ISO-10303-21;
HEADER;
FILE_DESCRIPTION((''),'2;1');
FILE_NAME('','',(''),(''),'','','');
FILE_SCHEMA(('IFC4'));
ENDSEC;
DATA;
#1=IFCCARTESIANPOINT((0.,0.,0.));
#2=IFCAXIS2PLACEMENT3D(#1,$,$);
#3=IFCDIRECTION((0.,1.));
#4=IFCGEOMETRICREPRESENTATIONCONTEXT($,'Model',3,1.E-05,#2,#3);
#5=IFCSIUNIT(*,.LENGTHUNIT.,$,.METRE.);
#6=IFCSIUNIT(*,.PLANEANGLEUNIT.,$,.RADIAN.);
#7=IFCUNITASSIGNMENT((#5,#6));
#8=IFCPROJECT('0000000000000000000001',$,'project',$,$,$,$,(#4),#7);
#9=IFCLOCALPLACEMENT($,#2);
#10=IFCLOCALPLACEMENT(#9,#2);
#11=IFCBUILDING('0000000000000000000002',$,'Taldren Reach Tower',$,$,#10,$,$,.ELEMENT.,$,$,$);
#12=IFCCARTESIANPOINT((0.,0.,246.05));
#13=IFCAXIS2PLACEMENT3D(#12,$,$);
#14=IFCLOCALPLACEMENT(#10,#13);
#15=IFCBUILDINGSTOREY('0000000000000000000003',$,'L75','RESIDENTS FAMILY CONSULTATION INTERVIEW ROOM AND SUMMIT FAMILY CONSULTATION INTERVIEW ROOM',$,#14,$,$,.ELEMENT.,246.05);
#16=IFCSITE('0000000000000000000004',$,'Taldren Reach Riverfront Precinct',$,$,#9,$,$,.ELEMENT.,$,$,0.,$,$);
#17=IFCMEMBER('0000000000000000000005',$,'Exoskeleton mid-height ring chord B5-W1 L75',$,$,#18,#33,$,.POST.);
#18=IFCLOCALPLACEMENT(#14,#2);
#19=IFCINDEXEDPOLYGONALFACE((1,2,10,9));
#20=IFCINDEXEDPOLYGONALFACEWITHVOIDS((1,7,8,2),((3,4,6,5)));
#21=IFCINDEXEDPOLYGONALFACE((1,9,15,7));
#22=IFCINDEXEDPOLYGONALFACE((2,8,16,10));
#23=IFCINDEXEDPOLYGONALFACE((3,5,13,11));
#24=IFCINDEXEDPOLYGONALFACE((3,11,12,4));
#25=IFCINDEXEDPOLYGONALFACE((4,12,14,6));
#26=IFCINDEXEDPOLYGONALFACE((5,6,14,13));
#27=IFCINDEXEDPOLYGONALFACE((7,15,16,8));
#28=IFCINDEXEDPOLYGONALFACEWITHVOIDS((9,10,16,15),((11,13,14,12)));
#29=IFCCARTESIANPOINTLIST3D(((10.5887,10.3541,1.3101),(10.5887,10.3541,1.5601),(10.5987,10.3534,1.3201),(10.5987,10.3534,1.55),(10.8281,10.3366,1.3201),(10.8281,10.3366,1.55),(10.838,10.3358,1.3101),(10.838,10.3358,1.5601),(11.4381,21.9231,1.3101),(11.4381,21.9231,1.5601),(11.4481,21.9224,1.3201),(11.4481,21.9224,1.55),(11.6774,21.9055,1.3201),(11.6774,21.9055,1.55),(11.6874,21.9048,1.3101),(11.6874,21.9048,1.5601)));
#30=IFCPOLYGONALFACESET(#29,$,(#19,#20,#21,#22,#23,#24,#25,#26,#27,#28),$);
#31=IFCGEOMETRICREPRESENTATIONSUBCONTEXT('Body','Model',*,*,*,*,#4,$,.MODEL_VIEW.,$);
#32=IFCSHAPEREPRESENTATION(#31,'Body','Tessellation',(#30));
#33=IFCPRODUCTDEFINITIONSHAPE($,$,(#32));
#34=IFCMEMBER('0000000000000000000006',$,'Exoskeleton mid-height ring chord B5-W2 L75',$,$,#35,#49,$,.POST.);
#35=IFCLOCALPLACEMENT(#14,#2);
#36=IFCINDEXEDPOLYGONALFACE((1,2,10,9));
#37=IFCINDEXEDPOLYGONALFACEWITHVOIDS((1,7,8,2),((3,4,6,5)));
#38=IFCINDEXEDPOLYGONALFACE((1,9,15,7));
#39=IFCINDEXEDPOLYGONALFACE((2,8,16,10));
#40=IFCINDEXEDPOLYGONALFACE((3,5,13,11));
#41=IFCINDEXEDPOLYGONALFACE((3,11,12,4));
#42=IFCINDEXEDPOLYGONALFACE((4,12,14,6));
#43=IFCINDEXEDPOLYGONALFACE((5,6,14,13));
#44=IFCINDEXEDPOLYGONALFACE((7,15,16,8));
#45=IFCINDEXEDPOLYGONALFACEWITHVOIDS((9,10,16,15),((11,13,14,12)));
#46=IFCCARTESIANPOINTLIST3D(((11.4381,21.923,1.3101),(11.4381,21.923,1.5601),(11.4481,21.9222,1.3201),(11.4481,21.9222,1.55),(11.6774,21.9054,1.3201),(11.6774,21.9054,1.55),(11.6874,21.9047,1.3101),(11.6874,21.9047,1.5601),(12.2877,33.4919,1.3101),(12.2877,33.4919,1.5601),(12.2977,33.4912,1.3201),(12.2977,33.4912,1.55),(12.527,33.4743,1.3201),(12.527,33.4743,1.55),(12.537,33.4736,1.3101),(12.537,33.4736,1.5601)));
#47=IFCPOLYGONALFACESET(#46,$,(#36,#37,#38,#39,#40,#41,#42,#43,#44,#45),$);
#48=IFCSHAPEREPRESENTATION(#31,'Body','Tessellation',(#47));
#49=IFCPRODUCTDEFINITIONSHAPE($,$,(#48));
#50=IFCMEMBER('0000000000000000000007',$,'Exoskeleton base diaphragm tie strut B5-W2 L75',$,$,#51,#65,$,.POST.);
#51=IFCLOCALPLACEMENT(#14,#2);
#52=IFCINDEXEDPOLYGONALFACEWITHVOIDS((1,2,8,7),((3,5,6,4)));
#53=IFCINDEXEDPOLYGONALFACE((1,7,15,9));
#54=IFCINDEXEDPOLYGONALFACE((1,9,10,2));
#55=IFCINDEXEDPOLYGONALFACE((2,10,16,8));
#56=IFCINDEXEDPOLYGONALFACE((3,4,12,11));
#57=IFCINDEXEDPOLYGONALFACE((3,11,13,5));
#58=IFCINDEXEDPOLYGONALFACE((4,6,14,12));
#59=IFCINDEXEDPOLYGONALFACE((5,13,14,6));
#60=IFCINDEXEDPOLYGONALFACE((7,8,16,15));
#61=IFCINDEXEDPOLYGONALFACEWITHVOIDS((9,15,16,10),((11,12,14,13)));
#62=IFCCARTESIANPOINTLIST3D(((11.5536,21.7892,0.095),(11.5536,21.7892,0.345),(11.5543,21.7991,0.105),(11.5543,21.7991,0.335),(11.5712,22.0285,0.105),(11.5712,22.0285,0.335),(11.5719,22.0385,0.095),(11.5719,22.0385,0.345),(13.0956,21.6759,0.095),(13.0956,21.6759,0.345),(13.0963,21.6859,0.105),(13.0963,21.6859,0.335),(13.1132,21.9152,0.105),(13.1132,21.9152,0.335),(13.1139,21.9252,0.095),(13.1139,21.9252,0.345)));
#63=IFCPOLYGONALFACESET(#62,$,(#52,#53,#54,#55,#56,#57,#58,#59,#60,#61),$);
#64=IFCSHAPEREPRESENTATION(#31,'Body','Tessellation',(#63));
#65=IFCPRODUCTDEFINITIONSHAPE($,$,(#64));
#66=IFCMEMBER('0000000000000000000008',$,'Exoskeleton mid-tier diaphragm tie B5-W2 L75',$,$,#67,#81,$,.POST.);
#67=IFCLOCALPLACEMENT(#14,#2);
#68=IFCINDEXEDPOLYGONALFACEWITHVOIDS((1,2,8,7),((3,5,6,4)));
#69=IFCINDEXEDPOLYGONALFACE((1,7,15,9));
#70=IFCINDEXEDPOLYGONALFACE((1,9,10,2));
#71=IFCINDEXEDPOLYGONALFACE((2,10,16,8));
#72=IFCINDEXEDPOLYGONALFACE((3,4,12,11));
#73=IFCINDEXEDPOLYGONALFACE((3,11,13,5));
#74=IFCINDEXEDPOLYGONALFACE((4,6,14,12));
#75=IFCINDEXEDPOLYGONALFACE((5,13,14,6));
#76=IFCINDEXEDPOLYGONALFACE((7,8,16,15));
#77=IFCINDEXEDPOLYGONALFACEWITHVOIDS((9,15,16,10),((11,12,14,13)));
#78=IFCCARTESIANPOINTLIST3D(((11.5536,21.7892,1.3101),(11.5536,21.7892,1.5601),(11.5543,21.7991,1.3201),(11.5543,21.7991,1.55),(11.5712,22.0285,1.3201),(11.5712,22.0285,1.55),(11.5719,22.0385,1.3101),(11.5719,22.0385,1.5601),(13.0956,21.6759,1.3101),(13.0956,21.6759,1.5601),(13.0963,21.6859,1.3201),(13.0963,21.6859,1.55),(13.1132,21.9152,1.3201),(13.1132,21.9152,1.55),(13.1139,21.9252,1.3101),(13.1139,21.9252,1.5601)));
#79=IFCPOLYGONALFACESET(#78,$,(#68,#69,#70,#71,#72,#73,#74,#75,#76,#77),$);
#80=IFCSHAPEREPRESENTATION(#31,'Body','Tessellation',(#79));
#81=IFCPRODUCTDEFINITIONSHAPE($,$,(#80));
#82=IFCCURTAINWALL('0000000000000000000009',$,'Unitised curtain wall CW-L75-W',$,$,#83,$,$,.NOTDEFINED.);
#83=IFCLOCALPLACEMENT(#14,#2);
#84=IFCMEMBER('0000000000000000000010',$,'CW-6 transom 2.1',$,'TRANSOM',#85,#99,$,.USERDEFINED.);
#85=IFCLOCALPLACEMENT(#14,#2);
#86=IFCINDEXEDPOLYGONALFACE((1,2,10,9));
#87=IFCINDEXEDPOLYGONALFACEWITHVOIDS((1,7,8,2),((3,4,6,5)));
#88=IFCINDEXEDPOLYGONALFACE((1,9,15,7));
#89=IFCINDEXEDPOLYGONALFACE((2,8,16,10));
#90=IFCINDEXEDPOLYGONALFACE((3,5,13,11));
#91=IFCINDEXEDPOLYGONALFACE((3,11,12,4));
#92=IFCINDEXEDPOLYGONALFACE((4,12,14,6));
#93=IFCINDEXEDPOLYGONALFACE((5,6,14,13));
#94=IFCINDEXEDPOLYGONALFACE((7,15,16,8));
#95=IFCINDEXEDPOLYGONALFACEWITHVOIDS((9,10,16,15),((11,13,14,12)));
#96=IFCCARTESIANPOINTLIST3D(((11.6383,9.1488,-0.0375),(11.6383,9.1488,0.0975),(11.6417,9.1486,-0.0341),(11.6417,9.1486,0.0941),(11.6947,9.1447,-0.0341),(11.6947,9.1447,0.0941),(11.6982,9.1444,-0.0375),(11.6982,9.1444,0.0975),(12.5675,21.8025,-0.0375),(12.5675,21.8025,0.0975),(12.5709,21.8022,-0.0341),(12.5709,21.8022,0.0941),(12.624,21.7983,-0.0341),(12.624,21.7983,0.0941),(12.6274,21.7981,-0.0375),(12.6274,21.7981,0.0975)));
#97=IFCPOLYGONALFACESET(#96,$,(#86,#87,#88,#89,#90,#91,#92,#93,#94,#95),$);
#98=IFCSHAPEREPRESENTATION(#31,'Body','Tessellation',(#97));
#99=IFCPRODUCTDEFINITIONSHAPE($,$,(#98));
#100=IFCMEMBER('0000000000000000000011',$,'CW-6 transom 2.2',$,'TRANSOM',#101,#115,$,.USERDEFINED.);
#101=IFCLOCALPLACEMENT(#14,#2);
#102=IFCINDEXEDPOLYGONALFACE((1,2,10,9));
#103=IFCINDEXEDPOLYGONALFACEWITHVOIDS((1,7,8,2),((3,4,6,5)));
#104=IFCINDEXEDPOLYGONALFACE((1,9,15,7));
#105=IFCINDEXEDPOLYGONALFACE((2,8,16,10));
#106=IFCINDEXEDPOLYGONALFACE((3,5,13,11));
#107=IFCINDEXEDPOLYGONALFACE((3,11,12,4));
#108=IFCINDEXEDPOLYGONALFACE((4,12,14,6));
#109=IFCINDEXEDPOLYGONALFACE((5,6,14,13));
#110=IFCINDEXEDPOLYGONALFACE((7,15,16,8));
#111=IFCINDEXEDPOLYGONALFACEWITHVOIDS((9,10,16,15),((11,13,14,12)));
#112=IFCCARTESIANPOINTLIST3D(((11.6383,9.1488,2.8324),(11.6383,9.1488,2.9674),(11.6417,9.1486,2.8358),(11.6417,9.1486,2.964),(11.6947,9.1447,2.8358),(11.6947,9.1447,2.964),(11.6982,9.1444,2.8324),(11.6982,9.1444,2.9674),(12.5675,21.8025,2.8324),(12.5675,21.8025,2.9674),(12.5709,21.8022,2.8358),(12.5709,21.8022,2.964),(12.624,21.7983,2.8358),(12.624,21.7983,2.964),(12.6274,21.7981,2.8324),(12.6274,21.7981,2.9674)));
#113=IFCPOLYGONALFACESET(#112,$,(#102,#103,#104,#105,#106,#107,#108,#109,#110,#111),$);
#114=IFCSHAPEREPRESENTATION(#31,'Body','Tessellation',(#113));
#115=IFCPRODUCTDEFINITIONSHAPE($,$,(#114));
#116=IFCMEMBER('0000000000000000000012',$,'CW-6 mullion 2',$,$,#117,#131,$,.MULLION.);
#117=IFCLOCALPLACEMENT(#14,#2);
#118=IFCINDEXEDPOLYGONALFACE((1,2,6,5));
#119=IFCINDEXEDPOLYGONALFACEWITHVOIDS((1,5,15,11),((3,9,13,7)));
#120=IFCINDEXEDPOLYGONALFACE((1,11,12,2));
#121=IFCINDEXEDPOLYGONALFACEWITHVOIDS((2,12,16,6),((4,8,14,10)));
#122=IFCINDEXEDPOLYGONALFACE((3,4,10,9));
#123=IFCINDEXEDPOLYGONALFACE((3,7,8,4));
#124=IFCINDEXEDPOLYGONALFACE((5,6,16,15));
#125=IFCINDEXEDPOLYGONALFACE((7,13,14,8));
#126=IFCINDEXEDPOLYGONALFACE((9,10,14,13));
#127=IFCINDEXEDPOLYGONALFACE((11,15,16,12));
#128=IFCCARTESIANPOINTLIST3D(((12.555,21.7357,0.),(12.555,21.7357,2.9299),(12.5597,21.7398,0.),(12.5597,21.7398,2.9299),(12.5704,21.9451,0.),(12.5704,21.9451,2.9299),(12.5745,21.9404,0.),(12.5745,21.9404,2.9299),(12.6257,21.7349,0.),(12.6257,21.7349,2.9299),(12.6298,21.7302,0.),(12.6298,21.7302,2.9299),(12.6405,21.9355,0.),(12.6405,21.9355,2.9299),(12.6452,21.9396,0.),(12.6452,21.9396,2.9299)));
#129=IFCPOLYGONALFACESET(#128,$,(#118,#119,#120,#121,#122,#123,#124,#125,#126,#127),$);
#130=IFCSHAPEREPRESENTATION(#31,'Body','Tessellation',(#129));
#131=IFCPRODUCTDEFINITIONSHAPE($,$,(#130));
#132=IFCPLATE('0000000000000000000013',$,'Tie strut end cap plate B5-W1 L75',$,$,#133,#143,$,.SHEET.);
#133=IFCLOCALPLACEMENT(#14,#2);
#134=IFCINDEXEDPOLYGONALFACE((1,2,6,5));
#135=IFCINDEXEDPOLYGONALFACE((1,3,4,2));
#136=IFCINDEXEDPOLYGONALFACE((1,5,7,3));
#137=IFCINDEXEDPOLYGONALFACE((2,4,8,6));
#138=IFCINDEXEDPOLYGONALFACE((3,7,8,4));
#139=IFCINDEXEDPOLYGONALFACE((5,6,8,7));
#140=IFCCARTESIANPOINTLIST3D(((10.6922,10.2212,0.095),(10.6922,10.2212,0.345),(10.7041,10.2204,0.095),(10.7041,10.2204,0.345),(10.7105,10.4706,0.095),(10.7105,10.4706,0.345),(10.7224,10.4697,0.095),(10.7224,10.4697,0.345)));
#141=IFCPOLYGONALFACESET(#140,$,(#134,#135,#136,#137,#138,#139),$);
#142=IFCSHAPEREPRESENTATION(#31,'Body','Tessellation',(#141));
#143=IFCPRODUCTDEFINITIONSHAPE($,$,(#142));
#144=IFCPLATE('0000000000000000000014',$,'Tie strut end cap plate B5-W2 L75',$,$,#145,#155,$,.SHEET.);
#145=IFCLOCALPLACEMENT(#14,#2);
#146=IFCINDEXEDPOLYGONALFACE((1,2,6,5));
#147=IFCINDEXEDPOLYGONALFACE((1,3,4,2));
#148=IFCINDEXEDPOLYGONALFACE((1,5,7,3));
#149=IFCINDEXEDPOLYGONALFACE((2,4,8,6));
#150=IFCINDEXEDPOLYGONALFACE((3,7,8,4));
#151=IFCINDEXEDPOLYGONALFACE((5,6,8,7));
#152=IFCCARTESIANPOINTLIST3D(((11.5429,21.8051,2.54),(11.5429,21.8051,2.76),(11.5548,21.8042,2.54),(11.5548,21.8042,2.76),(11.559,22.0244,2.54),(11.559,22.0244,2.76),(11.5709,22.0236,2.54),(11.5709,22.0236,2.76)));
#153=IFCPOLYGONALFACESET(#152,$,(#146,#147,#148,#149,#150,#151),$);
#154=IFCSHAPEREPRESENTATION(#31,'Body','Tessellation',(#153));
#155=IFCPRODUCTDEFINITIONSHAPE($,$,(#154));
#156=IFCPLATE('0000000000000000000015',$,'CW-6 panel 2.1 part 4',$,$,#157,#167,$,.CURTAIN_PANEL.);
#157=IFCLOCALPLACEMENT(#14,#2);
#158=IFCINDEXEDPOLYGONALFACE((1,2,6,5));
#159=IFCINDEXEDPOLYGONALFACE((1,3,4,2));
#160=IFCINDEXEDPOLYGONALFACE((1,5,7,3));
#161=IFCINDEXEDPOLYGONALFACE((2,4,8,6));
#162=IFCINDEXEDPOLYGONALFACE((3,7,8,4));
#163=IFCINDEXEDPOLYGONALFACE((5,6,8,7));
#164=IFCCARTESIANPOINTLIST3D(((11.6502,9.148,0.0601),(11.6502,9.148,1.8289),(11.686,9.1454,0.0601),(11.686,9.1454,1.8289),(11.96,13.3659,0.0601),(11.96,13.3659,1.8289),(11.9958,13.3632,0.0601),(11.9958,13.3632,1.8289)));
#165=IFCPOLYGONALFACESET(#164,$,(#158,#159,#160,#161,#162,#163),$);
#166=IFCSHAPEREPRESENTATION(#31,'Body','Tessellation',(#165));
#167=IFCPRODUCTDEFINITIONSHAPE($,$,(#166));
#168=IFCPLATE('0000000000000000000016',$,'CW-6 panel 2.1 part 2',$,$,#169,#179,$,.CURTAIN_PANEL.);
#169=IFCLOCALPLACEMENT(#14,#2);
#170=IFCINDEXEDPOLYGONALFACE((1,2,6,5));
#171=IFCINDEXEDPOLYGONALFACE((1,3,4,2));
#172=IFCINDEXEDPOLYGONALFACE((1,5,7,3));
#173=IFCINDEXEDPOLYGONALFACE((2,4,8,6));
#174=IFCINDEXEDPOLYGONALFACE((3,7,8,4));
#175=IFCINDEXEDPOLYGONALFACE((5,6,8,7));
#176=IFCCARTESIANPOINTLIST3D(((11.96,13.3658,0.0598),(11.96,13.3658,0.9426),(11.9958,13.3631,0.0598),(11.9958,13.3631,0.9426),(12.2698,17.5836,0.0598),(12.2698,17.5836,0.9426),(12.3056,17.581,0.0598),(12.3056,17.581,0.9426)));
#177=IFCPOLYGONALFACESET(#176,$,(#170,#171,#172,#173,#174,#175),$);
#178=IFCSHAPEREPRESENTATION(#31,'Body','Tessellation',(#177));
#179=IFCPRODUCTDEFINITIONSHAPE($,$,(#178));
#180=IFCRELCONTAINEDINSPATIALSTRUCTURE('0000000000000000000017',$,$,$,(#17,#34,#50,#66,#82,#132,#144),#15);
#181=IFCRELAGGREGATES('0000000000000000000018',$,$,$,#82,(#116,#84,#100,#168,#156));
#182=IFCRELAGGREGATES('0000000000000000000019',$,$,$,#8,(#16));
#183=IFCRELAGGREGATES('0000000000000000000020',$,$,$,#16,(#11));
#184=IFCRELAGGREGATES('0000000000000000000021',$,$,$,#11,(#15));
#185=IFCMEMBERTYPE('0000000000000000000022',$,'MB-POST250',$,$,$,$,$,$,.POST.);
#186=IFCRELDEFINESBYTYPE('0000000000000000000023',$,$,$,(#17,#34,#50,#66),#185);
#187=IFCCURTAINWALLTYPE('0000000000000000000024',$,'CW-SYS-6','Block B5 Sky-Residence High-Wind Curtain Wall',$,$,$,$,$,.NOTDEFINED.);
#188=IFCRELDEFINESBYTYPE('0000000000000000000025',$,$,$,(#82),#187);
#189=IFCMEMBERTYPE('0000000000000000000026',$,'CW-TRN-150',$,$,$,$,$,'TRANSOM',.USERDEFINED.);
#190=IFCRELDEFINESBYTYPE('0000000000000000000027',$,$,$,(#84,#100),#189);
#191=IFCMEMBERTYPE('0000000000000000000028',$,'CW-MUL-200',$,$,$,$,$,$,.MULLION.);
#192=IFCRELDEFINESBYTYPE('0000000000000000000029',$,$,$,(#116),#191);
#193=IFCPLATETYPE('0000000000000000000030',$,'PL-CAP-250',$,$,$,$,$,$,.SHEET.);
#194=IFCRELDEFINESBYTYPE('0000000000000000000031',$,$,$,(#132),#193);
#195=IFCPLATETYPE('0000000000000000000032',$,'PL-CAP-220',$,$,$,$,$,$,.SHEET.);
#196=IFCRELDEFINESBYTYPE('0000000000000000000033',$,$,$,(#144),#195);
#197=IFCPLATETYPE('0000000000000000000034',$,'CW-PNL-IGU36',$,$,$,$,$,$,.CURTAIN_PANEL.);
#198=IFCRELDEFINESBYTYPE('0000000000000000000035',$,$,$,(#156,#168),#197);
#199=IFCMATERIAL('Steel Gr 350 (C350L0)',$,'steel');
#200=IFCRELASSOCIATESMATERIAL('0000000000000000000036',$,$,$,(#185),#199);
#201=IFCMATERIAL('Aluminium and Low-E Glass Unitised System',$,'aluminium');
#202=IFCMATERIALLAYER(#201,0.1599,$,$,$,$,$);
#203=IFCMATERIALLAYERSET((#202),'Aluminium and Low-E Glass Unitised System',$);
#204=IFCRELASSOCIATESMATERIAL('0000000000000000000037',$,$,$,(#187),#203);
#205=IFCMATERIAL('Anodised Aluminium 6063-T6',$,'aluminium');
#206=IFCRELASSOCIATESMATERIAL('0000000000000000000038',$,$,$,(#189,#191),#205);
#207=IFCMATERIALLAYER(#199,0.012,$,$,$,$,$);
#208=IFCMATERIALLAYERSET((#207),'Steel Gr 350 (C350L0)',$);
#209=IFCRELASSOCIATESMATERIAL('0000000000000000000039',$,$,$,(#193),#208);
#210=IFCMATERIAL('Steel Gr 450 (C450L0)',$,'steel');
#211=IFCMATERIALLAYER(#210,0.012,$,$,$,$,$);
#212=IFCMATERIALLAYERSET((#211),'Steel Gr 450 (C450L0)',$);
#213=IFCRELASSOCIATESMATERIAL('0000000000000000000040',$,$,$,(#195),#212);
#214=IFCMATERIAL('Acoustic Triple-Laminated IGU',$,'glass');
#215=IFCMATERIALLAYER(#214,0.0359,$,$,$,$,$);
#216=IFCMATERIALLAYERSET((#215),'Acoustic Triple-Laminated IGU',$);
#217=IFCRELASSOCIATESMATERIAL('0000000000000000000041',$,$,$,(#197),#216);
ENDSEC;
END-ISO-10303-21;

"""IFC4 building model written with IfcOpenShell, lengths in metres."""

from ifc_helpers import new_model, si_unit, direction, frame, origin, origin_2d, place, context, subcontext, project, spatial, rectangle, hollow_rectangle, extrude, source, transform, mapped, material, layer, layer_set, material_profile, profile_set, type_object, element, aggregate, save


model = new_model("IFC4")

# Units and contexts
model_context = context("Model", 3, precision=1e-05, world=origin(), true_north=direction((0.0, 1.0)))
body_context = subcontext(model_context, "Body", "Model", "MODEL_VIEW")
ifc_project = project(units=[si_unit("LENGTHUNIT", "METRE"), si_unit("PLANEANGLEUNIT", "RADIAN")], contexts=[model_context])

# Site, building, storey
site_placement = place(None, origin())
site = spatial("IfcSite", under=ifc_project, at=site_placement, Name="Taldren Reach Riverfront Precinct", CompositionType="ELEMENT", RefElevation=0.0)
building_placement = place(site_placement, origin())
building = spatial("IfcBuilding", under=site, at=building_placement, Name="Taldren Reach Tower", CompositionType="ELEMENT")
storey_placement = place(building_placement, frame((0.0, 0.0, 246.05)))
storey = spatial("IfcBuildingStorey", under=building, at=storey_placement, Name="L75", Description="RESIDENTS FAMILY CONSULTATION INTERVIEW ROOM AND SUMMIT FAMILY CONSULTATION INTERVIEW ROOM", CompositionType="ELEMENT", Elevation=246.05)

# Shared definitions
ifc_material_1 = material(Name="Steel Gr 450 (C450L0)", Category="steel")

# Members
ifc_material_2 = material(Name="Steel Gr 350 (C350L0)", Category="steel")
ifc_material_profile_1 = material_profile(ifc_material_2, hollow_rectangle(XDim=0.25, YDim=0.25, WallThickness=0.01, at=origin_2d()), Name="250x250x10.0SHS")
ifc_profile_set_1 = profile_set([ifc_material_profile_1], Name="Steel Gr 350 (C350L0)")
member_type_1 = type_object("IfcMemberType", Name="MB-POST250", PredefinedType="POST", material=ifc_profile_set_1)
shared_shape_1 = source(origin(), body_context, "Body", "SweptSolid", [
    extrude(hollow_rectangle(XDim=0.25, YDim=0.25, WallThickness=0.01, at=origin_2d()), origin(), (0.0, 0.0, 1.0), 11.6001),
])
for number, where, z_axis, x_axis, name in (
    (1, (10.7134, 10.345, 1.4351), (0.073221, 0.997316, 0.0), (-0.997316, 0.073221, 0.0), "Exoskeleton mid-height ring chord B5-W1 L75"),
    (2, (11.5627, 21.9138, 1.4351), (0.073242, 0.997314, 0.0), (-0.997314, 0.073242, 0.0), "Exoskeleton mid-height ring chord B5-W2 L75"),
):
    element("IfcMember", number, at=place(storey_placement, frame(where, z_axis=z_axis, x_axis=x_axis)), inside=storey, type_object=member_type_1, Name=name, PredefinedType="POST", context=body_context, shape_type="MappedRepresentation", body=[
        mapped(shared_shape_1, transform((0.0, 0.0, 0.0), scale=1.0)),
    ])
shared_shape_2 = source(origin(), body_context, "Body", "SweptSolid", [
    extrude(hollow_rectangle(XDim=0.25, YDim=0.25, WallThickness=0.01, at=origin_2d()), origin(), (0.0, 0.0, 1.0), 1.5461),
])
for number, where, z_axis, x_axis, name in (
    (3, (13.1047, 21.8005, 0.22), (-0.997312, 0.073267, 0.0), (-0.073267, -0.997312, 0.0), "Exoskeleton base diaphragm tie strut B5-W2 L75"),
    (4, (13.1047, 21.8005, 1.4351), (-0.997312, 0.073267, 0.0), (-0.073267, -0.997312, 0.0), "Exoskeleton mid-tier diaphragm tie B5-W2 L75"),
):
    element("IfcMember", number, at=place(storey_placement, frame(where, z_axis=z_axis, x_axis=x_axis)), inside=storey, type_object=member_type_1, Name=name, PredefinedType="POST", context=body_context, shape_type="MappedRepresentation", body=[
        mapped(shared_shape_2, transform((0.0, 0.0, 0.0), scale=1.0)),
    ])

# Curtain wall, members
ifc_material_3 = material(Name="Aluminium and Low-E Glass Unitised System", Category="aluminium")
ifc_layer_1 = layer(ifc_material_3, 0.1599)
ifc_layer_set_1 = layer_set([ifc_layer_1], Name="Aluminium and Low-E Glass Unitised System")
curtain_wall_type = type_object("IfcCurtainWallType", Name="CW-SYS-6", Description="Block B5 Sky-Residence High-Wind Curtain Wall", PredefinedType="NOTDEFINED", material=ifc_layer_set_1)
curtain_wall_placement = place(storey_placement, origin())
curtain_wall = element("IfcCurtainWall", 5, at=curtain_wall_placement, inside=storey, type_object=curtain_wall_type, Name="Unitised curtain wall CW-L75-W", PredefinedType="NOTDEFINED")
ifc_material_4 = material(Name="Anodised Aluminium 6063-T6", Category="aluminium")
ifc_material_profile_2 = material_profile(ifc_material_4, hollow_rectangle(XDim=0.0601, YDim=0.135, WallThickness=0.0034, at=origin_2d()), Name="ALU-135x60x3.5RHS")
ifc_profile_set_2 = profile_set([ifc_material_profile_2], Name="Anodised Aluminium 6063-T6")
member_type_2 = type_object("IfcMemberType", Name="CW-TRN-150", ElementType="TRANSOM", PredefinedType="USERDEFINED", material=ifc_profile_set_2)
shared_shape_3 = source(origin(), body_context, "Body", "SweptSolid", [
    extrude(hollow_rectangle(XDim=0.0601, YDim=0.135, WallThickness=0.0034, at=origin_2d()), origin(), (0.0, 0.0, 1.0), 12.6877),
])
member_1_placement = place(storey_placement, frame((12.5974, 21.8003, 0.03), z_axis=(-0.073237, -0.997315, 0.0), x_axis=(0.997315, -0.073237, 0.0)))
member_1 = element("IfcMember", 6, at=member_1_placement, type_object=member_type_2, Name="CW-6 transom 2.1", ObjectType="TRANSOM", PredefinedType="USERDEFINED", context=body_context, shape_type="MappedRepresentation", body=[
    mapped(shared_shape_3, transform((0.0, 0.0, 0.0), scale=1.0)),
])
member_2_placement = place(storey_placement, frame((12.5974, 21.8003, 2.8999), z_axis=(-0.073237, -0.997315, 0.0), x_axis=(0.997315, -0.073237, 0.0)))
member_2 = element("IfcMember", 7, at=member_2_placement, type_object=member_type_2, Name="CW-6 transom 2.2", ObjectType="TRANSOM", PredefinedType="USERDEFINED", context=body_context, shape_type="MappedRepresentation", body=[
    mapped(shared_shape_3, transform((0.0, 0.0, 0.0), scale=1.0)),
])
ifc_material_profile_3 = material_profile(ifc_material_4, hollow_rectangle(XDim=0.075, YDim=0.21, WallThickness=0.0044, at=origin_2d()), Name="ALU-210x75x4.5RHS")
ifc_profile_set_3 = profile_set([ifc_material_profile_3], Name="Anodised Aluminium 6063-T6")
member_type_3 = type_object("IfcMemberType", Name="CW-MUL-200", PredefinedType="MULLION", material=ifc_profile_set_3)
shared_shape_4 = source(origin(), body_context, "Body", "SweptSolid", [
    extrude(hollow_rectangle(XDim=0.075, YDim=0.21, WallThickness=0.0044, at=origin_2d()), origin(), (0.0, 0.0, 1.0), 2.9299),
])
member_3_placement = place(storey_placement, frame((12.6001, 21.8376, 0.0), z_axis=(0.0, 0.0, 1.0), x_axis=(0.997314, -0.073238, 0.0)))
member_3 = element("IfcMember", 8, at=member_3_placement, type_object=member_type_3, Name="CW-6 mullion 2", PredefinedType="MULLION", context=body_context, shape_type="MappedRepresentation", body=[
    mapped(shared_shape_4, transform((0.0, 0.0, 0.0), scale=1.0)),
])

# Plates
ifc_layer_2 = layer(ifc_material_2, 0.012)
ifc_layer_set_2 = layer_set([ifc_layer_2], Name="Steel Gr 350 (C350L0)")
plate_type_1 = type_object("IfcPlateType", Name="PL-CAP-250", PredefinedType="SHEET", material=ifc_layer_set_2)
shared_shape_5 = source(origin(), body_context, "Body", "SweptSolid", [
    extrude(rectangle(XDim=0.012, YDim=0.25, at=origin_2d()), origin(), (0.0, 0.0, 1.0), 0.25),
])
plate_1_placement = place(storey_placement, frame((10.7073, 10.3455, 0.095), z_axis=(0.0, 0.0, 1.0), x_axis=(0.997314, -0.073238, 0.0)))
element("IfcPlate", 9, at=plate_1_placement, inside=storey, type_object=plate_type_1, Name="Tie strut end cap plate B5-W1 L75", PredefinedType="SHEET", context=body_context, shape_type="MappedRepresentation", body=[
    mapped(shared_shape_5, transform((0.0, 0.0, 0.0), scale=1.0)),
])
ifc_layer_3 = layer(ifc_material_1, 0.012)
ifc_layer_set_3 = layer_set([ifc_layer_3], Name="Steel Gr 450 (C450L0)")
plate_type_2 = type_object("IfcPlateType", Name="PL-CAP-220", PredefinedType="SHEET", material=ifc_layer_set_3)
shared_shape_6 = source(origin(), body_context, "Body", "SweptSolid", [
    extrude(rectangle(XDim=0.012, YDim=0.22, at=origin_2d()), origin(), (0.0, 0.0, 1.0), 0.22),
])
plate_2_placement = place(storey_placement, frame((11.5569, 21.9143, 2.54), z_axis=(0.0, 0.0, 1.0), x_axis=(0.997314, -0.073238, 0.0)))
element("IfcPlate", 10, at=plate_2_placement, inside=storey, type_object=plate_type_2, Name="Tie strut end cap plate B5-W2 L75", PredefinedType="SHEET", context=body_context, shape_type="MappedRepresentation", body=[
    mapped(shared_shape_6, transform((0.0, 0.0, 0.0), scale=1.0)),
])

# Plates
ifc_material_5 = material(Name="Acoustic Triple-Laminated IGU", Category="glass")
ifc_layer_4 = layer(ifc_material_5, 0.0359)
ifc_layer_set_4 = layer_set([ifc_layer_4], Name="Acoustic Triple-Laminated IGU")
plate_type_3 = type_object("IfcPlateType", Name="CW-PNL-IGU36", PredefinedType="CURTAIN_PANEL", material=ifc_layer_set_4)
shared_shape_7 = source(origin(), body_context, "Body", "SweptSolid", [
    extrude(rectangle(XDim=4.2292, YDim=0.0359, at=origin_2d()), origin(), (0.0, 0.0, 1.0), 1.7688),
])
plate_3_placement = place(storey_placement, frame((11.823, 11.2556, 0.0601), z_axis=(0.0, 0.0, 1.0), x_axis=(-0.073238, -0.997314, 0.0)))
plate_3 = element("IfcPlate", 11, at=plate_3_placement, type_object=plate_type_3, Name="CW-6 panel 2.1 part 4", PredefinedType="CURTAIN_PANEL", context=body_context, shape_type="MappedRepresentation", body=[
    mapped(shared_shape_7, transform((0.0, 0.0, 0.0), scale=1.0)),
])
shared_shape_8 = source(origin(), body_context, "Body", "SweptSolid", [
    extrude(rectangle(XDim=4.2292, YDim=0.0359, at=origin_2d()), origin(), (0.0, 0.0, 1.0), 0.8828),
])
plate_4_placement = place(storey_placement, frame((12.1328, 15.4734, 0.0598), z_axis=(0.0, 0.0, 1.0), x_axis=(-0.073238, -0.997314, 0.0)))
plate_4 = element("IfcPlate", 12, at=plate_4_placement, type_object=plate_type_3, Name="CW-6 panel 2.1 part 2", PredefinedType="CURTAIN_PANEL", context=body_context, shape_type="MappedRepresentation", body=[
    mapped(shared_shape_8, transform((0.0, 0.0, 0.0), scale=1.0)),
])
aggregate(curtain_wall, [member_3, member_1, member_2, plate_4, plate_3])

save(model, "model.ifc")
